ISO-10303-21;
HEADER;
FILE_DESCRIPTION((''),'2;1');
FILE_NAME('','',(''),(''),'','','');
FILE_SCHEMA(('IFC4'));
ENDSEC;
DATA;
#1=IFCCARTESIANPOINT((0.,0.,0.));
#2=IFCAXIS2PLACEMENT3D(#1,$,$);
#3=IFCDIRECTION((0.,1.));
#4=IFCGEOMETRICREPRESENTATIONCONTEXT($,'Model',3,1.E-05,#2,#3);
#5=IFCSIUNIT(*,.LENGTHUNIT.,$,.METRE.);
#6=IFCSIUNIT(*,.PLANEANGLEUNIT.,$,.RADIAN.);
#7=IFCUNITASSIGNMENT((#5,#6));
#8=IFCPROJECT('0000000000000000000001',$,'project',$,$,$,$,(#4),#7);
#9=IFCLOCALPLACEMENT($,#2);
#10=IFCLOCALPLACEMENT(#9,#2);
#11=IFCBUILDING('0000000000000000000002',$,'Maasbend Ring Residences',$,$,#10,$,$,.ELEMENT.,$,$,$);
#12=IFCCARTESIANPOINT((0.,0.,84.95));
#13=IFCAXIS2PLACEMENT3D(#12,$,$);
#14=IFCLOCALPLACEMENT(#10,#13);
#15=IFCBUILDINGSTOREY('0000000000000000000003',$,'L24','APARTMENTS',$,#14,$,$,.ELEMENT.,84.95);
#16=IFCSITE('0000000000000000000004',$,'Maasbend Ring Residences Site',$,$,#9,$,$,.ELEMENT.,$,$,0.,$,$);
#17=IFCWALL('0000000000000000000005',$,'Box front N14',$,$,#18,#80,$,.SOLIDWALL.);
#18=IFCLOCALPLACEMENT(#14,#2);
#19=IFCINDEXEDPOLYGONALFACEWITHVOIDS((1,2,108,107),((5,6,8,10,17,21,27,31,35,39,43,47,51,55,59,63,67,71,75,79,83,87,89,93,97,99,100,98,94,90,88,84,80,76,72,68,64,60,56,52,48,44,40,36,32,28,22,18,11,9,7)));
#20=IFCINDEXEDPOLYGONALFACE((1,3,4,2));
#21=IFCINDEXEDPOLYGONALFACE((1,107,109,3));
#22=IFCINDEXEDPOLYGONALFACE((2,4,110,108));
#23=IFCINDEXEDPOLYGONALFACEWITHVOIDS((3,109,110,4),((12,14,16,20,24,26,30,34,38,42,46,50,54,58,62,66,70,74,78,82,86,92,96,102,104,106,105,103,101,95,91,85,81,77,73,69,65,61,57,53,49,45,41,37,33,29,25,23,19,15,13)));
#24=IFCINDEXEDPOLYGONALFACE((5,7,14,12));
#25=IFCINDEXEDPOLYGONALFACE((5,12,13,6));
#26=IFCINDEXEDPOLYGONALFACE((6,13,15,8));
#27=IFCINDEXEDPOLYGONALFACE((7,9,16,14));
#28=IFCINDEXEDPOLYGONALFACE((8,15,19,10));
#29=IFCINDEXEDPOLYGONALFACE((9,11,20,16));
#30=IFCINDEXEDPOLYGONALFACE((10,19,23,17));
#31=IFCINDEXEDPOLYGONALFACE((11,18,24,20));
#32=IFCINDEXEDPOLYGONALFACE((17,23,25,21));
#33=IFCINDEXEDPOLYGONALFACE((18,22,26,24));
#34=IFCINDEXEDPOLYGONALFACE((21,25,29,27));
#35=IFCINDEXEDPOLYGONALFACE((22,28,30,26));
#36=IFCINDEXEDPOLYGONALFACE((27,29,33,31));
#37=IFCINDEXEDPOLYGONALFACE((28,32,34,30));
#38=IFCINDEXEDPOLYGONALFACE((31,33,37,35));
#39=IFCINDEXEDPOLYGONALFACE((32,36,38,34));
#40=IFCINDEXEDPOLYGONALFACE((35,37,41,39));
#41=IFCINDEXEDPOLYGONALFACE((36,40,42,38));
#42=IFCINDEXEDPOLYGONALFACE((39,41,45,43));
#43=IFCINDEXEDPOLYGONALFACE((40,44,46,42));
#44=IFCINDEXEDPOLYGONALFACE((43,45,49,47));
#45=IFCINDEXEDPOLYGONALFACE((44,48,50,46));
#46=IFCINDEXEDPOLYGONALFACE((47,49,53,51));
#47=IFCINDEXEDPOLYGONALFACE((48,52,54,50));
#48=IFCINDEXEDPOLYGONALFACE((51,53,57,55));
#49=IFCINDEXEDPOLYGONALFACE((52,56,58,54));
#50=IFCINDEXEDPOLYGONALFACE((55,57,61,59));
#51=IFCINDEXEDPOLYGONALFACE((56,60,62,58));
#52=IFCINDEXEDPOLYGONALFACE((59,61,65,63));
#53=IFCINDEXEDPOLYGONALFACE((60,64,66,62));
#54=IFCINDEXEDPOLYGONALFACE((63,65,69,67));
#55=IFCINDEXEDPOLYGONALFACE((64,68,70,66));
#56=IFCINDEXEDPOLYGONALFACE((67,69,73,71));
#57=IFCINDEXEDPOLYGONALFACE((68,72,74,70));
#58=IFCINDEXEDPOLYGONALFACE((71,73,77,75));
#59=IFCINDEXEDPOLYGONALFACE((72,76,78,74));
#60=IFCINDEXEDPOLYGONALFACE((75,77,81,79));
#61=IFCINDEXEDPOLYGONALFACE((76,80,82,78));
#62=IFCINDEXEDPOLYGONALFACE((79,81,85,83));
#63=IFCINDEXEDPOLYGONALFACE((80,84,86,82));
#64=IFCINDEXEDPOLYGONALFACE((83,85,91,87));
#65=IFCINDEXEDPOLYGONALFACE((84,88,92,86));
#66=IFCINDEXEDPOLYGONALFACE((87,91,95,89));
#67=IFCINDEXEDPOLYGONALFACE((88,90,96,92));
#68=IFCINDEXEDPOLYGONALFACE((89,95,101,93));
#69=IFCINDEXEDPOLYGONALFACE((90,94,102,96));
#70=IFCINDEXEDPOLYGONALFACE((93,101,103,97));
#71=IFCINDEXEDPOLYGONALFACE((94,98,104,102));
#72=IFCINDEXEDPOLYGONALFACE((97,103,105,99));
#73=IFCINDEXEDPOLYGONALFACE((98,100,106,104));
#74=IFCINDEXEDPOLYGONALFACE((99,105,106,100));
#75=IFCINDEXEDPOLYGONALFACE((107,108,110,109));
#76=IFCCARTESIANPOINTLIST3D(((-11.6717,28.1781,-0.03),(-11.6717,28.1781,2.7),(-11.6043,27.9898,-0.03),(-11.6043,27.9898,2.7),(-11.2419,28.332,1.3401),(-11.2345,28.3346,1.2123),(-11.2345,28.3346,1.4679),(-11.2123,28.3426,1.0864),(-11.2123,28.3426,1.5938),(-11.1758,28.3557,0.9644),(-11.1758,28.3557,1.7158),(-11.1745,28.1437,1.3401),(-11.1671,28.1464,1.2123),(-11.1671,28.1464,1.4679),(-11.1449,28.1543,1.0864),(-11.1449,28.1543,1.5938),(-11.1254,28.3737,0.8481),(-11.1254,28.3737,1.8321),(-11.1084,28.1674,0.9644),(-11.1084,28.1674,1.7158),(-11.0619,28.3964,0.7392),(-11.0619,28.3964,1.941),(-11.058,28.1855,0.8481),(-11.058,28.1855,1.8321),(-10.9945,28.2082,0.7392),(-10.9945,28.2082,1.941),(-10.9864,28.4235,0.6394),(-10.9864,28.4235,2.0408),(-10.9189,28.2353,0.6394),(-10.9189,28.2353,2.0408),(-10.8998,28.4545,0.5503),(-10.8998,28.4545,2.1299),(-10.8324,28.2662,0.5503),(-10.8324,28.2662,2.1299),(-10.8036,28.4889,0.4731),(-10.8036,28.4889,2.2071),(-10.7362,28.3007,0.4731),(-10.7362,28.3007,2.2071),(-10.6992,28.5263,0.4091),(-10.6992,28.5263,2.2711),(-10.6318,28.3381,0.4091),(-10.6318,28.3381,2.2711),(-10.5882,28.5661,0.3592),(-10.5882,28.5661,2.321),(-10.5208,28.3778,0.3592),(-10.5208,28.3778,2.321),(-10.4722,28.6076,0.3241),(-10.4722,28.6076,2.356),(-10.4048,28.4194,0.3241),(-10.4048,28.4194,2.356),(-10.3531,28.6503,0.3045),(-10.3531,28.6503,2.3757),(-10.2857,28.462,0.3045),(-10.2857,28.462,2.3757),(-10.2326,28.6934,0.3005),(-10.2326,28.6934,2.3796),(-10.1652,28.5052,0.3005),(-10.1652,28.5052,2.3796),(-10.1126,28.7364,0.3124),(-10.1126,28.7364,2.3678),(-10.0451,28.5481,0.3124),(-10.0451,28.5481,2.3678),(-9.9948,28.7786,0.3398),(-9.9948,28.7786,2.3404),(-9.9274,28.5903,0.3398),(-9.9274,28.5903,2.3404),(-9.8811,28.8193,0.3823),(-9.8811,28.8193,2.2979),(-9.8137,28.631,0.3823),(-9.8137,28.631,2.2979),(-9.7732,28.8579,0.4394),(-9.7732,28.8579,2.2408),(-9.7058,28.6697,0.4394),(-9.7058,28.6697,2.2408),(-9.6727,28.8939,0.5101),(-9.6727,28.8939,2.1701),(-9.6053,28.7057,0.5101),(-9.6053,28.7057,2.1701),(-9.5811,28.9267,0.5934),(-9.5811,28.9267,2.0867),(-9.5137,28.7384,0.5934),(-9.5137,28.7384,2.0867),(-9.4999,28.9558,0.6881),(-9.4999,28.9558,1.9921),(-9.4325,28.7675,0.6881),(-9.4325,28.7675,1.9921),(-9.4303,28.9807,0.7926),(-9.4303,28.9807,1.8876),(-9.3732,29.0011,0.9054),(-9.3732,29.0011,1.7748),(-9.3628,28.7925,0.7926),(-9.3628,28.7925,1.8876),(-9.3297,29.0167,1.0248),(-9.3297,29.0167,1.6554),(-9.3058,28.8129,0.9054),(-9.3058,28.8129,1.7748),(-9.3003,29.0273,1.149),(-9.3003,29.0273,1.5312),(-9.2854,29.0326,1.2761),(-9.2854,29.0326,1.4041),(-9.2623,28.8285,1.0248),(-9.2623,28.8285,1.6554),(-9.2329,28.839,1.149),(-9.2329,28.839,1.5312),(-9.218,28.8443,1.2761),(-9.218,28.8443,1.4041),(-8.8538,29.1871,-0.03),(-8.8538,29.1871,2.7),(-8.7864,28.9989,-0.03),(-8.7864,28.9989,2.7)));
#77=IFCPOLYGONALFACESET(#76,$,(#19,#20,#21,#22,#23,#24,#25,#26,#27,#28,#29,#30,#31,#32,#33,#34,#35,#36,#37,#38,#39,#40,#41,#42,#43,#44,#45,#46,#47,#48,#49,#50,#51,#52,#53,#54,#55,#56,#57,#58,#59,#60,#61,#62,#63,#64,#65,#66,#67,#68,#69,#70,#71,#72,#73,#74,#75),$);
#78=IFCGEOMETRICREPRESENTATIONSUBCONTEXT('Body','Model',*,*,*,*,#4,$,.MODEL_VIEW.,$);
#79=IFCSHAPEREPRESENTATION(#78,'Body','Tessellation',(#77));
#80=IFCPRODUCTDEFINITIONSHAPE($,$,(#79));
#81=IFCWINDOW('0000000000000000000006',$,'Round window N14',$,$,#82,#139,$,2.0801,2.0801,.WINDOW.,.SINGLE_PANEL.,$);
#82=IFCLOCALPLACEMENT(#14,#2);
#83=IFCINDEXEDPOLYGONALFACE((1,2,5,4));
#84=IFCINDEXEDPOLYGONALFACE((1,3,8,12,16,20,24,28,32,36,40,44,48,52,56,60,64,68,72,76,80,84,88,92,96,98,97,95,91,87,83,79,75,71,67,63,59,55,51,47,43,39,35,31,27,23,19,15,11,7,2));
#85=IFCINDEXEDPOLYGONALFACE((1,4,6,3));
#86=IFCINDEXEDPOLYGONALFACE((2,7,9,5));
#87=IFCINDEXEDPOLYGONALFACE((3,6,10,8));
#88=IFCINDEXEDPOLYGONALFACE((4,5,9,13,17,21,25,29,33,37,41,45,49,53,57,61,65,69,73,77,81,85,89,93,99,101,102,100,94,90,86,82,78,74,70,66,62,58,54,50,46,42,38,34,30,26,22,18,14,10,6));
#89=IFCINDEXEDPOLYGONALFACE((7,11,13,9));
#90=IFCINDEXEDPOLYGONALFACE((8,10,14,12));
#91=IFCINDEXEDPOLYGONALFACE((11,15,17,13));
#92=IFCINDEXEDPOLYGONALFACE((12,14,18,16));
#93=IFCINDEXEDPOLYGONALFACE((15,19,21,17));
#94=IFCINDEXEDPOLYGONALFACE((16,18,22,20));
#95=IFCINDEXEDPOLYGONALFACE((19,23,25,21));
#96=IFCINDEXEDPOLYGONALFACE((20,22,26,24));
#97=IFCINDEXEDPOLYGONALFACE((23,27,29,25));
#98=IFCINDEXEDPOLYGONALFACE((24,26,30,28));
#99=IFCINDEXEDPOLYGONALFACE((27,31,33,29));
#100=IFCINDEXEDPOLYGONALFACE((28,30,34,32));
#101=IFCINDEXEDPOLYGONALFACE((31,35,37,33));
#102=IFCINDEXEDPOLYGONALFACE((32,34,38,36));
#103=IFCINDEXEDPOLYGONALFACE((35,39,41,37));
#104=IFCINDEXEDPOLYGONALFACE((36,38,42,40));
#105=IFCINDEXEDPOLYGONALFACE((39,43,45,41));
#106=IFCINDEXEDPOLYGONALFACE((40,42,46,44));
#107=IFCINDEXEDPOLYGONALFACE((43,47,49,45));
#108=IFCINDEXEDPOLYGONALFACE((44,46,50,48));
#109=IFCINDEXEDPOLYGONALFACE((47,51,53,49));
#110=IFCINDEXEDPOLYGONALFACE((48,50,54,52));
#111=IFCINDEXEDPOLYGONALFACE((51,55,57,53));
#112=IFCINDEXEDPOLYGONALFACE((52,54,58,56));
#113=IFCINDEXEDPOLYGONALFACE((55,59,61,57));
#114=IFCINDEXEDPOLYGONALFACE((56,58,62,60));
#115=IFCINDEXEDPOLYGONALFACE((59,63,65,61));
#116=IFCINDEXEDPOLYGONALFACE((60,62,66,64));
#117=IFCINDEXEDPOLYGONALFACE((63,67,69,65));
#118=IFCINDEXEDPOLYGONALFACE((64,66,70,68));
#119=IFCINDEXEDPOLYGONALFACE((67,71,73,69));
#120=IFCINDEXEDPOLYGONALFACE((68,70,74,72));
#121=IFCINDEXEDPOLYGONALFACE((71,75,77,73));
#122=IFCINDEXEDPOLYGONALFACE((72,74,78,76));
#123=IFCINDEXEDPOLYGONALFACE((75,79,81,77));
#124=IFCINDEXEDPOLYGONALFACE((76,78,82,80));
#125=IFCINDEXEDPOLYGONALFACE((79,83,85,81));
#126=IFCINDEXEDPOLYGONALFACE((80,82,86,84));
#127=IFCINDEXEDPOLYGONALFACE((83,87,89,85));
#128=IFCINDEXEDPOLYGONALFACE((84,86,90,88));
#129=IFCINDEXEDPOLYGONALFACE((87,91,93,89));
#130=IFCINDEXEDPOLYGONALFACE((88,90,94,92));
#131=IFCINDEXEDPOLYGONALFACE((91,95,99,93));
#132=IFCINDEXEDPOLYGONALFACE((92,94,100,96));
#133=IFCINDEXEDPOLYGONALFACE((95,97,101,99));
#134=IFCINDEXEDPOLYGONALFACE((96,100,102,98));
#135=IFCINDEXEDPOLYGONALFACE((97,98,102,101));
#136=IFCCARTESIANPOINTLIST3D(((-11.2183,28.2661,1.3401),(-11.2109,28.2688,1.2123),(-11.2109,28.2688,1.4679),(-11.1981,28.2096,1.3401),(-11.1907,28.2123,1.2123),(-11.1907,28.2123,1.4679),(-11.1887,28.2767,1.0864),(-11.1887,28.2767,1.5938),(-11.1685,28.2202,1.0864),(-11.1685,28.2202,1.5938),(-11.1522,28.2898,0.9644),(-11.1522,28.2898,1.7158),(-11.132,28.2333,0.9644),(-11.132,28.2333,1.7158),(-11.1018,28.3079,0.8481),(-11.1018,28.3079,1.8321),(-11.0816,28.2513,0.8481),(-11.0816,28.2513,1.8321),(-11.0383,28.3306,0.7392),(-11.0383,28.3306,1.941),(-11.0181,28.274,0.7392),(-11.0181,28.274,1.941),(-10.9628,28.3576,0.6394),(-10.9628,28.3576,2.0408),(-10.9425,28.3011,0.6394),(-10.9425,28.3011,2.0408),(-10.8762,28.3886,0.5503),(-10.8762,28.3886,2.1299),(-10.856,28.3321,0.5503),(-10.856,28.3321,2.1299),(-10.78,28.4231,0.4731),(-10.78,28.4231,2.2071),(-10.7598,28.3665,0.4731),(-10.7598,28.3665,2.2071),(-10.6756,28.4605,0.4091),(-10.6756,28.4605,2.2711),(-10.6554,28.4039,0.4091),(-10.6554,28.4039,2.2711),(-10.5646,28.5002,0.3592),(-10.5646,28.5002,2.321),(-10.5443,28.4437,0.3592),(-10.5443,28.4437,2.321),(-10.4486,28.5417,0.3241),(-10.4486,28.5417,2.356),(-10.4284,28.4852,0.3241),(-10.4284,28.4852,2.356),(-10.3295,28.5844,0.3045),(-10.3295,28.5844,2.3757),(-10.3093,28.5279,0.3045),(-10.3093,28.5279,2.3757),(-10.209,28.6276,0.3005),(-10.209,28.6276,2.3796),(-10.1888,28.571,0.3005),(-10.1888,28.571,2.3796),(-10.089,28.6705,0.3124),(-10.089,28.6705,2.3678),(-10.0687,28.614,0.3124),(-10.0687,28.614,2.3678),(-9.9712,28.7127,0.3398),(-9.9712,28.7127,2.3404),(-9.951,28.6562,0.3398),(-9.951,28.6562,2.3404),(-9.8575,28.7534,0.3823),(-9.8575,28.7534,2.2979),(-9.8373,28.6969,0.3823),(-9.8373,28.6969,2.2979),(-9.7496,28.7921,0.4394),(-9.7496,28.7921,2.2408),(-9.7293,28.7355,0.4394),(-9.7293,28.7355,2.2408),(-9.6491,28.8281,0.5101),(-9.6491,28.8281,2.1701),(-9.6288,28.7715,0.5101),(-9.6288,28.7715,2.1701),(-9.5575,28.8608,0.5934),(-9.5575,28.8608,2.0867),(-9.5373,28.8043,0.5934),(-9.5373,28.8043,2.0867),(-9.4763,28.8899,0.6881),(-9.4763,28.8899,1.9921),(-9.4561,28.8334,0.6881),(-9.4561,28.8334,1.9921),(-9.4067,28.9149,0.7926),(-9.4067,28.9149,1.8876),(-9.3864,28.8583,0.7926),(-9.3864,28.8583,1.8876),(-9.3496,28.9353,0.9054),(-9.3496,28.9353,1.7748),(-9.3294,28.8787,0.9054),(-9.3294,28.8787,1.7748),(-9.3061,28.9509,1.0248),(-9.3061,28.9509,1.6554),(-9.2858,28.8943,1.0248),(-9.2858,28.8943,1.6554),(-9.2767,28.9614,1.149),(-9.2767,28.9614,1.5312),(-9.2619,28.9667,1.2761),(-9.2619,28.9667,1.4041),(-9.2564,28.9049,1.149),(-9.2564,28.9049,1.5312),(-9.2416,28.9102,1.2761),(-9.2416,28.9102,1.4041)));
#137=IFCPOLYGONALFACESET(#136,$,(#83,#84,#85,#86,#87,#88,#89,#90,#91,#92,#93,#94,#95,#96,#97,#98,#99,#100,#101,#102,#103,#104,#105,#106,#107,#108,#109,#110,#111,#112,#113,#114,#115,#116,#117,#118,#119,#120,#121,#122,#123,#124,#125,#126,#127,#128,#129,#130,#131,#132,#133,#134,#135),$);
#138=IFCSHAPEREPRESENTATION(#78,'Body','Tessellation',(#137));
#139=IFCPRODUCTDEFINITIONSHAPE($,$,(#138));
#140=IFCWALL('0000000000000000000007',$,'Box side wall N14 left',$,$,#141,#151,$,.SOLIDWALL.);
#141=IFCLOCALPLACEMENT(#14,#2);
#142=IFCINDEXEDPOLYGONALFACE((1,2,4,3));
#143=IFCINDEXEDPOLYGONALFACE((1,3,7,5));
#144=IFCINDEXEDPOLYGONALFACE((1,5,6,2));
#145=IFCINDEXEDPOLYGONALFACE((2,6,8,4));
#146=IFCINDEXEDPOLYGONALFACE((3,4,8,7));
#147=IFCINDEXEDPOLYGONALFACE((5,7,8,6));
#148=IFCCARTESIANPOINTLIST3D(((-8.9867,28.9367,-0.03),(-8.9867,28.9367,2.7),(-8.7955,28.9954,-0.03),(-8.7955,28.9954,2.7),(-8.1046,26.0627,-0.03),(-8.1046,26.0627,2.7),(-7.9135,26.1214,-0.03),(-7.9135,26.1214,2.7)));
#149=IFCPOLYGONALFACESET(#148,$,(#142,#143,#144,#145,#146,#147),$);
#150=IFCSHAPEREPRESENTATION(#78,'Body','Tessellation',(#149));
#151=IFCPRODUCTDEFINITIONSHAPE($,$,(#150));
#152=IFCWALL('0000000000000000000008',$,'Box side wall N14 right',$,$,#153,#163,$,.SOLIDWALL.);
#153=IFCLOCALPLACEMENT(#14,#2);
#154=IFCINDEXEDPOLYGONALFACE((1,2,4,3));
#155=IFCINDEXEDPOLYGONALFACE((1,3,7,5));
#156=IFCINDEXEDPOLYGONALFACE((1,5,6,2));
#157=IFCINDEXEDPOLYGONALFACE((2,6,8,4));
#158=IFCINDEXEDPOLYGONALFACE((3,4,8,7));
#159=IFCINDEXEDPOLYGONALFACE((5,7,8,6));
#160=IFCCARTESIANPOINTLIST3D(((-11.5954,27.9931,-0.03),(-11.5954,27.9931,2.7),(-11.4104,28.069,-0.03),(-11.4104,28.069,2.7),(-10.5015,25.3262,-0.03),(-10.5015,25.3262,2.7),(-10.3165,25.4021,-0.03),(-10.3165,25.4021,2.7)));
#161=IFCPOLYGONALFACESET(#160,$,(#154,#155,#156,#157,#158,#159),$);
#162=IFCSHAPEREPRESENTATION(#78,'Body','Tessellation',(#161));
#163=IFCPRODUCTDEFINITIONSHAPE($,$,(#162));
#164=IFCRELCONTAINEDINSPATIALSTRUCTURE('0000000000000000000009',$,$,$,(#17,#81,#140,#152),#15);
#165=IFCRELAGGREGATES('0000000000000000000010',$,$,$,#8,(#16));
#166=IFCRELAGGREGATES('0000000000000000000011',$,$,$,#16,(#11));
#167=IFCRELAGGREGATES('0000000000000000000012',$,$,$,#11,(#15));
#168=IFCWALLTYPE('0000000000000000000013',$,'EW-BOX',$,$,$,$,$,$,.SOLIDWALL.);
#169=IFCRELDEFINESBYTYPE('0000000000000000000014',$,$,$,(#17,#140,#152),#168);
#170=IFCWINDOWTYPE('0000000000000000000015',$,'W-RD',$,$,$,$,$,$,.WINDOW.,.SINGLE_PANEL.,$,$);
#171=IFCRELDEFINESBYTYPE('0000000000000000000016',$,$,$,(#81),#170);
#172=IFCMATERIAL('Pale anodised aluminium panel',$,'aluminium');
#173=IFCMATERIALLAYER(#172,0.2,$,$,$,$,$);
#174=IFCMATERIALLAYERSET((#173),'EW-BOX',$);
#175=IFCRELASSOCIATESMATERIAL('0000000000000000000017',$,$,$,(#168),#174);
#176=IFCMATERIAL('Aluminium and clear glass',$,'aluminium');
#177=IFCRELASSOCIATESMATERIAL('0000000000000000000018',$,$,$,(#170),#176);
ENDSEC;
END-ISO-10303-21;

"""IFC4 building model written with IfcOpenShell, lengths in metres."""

from ifc_helpers import new_model, si_unit, direction, frame, frame_2d, origin, place, context, subcontext, project, spatial, rectangle, circle, extrude, material, layer, layer_set, type_object, element, fill, save


model = new_model("IFC4")

# Units and contexts
model_context = context("Model", 3, precision=1e-05, world=origin(), true_north=direction((0.0, 1.0)))
body_context = subcontext(model_context, "Body", "Model", "MODEL_VIEW")
ifc_project = project(units=[si_unit("LENGTHUNIT", "METRE"), si_unit("PLANEANGLEUNIT", "RADIAN")], contexts=[model_context])

# Site, building, storey
site_placement = place(None, origin())
site = spatial("IfcSite", under=ifc_project, at=site_placement, Name="Maasbend Ring Residences Site", CompositionType="ELEMENT", RefElevation=0.0)
building_placement = place(site_placement, origin())
building = spatial("IfcBuilding", under=site, at=building_placement, Name="Maasbend Ring Residences", CompositionType="ELEMENT")
storey_placement = place(building_placement, frame((0.0, 0.0, 84.95)))
storey = spatial("IfcBuildingStorey", under=building, at=storey_placement, Name="L24", Description="APARTMENTS", CompositionType="ELEMENT", Elevation=84.95)

# Shared definitions
ifc_material_1 = material(Name="Pale anodised aluminium panel", Category="aluminium")
ifc_layer_1 = layer(ifc_material_1, 0.2)
ifc_layer_set_1 = layer_set([ifc_layer_1], Name="EW-BOX")
wall_type_1 = type_object("IfcWallType", Name="EW-BOX", PredefinedType="SOLIDWALL", material=ifc_layer_set_1)
ifc_material_2 = material(Name="Aluminium and clear glass", Category="aluminium")
window_type_1 = type_object("IfcWindowType", Name="W-RD", PartitioningType="SINGLE_PANEL", PredefinedType="WINDOW", material=ifc_material_2)

# Wall, opening, window
wall_1_placement = place(storey_placement, frame((-8.8201, 29.093, -0.03), z_axis=(0.0, 0.0, 1.0), x_axis=(-0.941461, -0.337122, 0.0)))
wall_1 = element("IfcWall", 1, at=wall_1_placement, inside=storey, type_object=wall_type_1, Name="Box front N14", PredefinedType="SOLIDWALL", context=body_context, shape_type="SweptSolid", body=[
    extrude(rectangle(XDim=2.9932, YDim=0.2, at=frame_2d((1.4966, 0.0))), origin(), (0.0, 0.0, 1.0), 2.73),
])
opening_1_placement = place(wall_1_placement, frame((0.4565, 0.0, 0.3301)))
opening_1 = element("IfcOpeningElement", 2, at=opening_1_placement, cuts=wall_1, PredefinedType="OPENING", context=body_context, shape_type="SweptSolid", body=[
    extrude(circle(Radius=1.04, at=frame_2d((1.04, 1.04))), frame((0.0, 0.1099, 0.0), z_axis=(0.0, -1.0, 0.0), x_axis=(1.0, 0.0, 0.0)), (0.0, 0.0, 1.0), 0.22),
])
window_1_placement = place(opening_1_placement, origin())
window_1 = element("IfcWindow", 3, at=window_1_placement, inside=storey, type_object=window_type_1, Name="Round window N14", OverallHeight=2.0801, OverallWidth=2.0801, PartitioningType="SINGLE_PANEL", PredefinedType="WINDOW", context=body_context, shape_type="SweptSolid", body=[
    extrude(circle(Radius=1.04, at=frame_2d((1.04, 1.04))), frame((0.0, 0.03, 0.0), z_axis=(0.0, -1.0, 0.0), x_axis=(1.0, 0.0, 0.0)), (0.0, 0.0, 1.0), 0.0601),
])
fill(opening_1, window_1)

# Walls
wall_2_placement = place(storey_placement, frame((-8.009, 26.092, -0.03), z_axis=(0.0, 0.0, 1.0), x_axis=(-0.293407, 0.955988, 0.0)))
element("IfcWall", 4, at=wall_2_placement, inside=storey, type_object=wall_type_1, Name="Box side wall N14 left", PredefinedType="SOLIDWALL", context=body_context, shape_type="SweptSolid", body=[
    extrude(rectangle(XDim=3.0063, YDim=0.2, at=frame_2d((1.5032, 0.0))), origin(), (0.0, 0.0, 1.0), 2.73),
])
wall_3_placement = place(storey_placement, frame((-10.4089, 25.364, -0.03), z_axis=(0.0, 0.0, 1.0), x_axis=(-0.37951, 0.925188, 0.0)))
element("IfcWall", 5, at=wall_3_placement, inside=storey, type_object=wall_type_1, Name="Box side wall N14 right", PredefinedType="SOLIDWALL", context=body_context, shape_type="SweptSolid", body=[
    extrude(rectangle(XDim=2.8826, YDim=0.2, at=frame_2d((1.4414, 0.0))), origin(), (0.0, 0.0, 1.0), 2.73),
])

save(model, "model.ifc")
